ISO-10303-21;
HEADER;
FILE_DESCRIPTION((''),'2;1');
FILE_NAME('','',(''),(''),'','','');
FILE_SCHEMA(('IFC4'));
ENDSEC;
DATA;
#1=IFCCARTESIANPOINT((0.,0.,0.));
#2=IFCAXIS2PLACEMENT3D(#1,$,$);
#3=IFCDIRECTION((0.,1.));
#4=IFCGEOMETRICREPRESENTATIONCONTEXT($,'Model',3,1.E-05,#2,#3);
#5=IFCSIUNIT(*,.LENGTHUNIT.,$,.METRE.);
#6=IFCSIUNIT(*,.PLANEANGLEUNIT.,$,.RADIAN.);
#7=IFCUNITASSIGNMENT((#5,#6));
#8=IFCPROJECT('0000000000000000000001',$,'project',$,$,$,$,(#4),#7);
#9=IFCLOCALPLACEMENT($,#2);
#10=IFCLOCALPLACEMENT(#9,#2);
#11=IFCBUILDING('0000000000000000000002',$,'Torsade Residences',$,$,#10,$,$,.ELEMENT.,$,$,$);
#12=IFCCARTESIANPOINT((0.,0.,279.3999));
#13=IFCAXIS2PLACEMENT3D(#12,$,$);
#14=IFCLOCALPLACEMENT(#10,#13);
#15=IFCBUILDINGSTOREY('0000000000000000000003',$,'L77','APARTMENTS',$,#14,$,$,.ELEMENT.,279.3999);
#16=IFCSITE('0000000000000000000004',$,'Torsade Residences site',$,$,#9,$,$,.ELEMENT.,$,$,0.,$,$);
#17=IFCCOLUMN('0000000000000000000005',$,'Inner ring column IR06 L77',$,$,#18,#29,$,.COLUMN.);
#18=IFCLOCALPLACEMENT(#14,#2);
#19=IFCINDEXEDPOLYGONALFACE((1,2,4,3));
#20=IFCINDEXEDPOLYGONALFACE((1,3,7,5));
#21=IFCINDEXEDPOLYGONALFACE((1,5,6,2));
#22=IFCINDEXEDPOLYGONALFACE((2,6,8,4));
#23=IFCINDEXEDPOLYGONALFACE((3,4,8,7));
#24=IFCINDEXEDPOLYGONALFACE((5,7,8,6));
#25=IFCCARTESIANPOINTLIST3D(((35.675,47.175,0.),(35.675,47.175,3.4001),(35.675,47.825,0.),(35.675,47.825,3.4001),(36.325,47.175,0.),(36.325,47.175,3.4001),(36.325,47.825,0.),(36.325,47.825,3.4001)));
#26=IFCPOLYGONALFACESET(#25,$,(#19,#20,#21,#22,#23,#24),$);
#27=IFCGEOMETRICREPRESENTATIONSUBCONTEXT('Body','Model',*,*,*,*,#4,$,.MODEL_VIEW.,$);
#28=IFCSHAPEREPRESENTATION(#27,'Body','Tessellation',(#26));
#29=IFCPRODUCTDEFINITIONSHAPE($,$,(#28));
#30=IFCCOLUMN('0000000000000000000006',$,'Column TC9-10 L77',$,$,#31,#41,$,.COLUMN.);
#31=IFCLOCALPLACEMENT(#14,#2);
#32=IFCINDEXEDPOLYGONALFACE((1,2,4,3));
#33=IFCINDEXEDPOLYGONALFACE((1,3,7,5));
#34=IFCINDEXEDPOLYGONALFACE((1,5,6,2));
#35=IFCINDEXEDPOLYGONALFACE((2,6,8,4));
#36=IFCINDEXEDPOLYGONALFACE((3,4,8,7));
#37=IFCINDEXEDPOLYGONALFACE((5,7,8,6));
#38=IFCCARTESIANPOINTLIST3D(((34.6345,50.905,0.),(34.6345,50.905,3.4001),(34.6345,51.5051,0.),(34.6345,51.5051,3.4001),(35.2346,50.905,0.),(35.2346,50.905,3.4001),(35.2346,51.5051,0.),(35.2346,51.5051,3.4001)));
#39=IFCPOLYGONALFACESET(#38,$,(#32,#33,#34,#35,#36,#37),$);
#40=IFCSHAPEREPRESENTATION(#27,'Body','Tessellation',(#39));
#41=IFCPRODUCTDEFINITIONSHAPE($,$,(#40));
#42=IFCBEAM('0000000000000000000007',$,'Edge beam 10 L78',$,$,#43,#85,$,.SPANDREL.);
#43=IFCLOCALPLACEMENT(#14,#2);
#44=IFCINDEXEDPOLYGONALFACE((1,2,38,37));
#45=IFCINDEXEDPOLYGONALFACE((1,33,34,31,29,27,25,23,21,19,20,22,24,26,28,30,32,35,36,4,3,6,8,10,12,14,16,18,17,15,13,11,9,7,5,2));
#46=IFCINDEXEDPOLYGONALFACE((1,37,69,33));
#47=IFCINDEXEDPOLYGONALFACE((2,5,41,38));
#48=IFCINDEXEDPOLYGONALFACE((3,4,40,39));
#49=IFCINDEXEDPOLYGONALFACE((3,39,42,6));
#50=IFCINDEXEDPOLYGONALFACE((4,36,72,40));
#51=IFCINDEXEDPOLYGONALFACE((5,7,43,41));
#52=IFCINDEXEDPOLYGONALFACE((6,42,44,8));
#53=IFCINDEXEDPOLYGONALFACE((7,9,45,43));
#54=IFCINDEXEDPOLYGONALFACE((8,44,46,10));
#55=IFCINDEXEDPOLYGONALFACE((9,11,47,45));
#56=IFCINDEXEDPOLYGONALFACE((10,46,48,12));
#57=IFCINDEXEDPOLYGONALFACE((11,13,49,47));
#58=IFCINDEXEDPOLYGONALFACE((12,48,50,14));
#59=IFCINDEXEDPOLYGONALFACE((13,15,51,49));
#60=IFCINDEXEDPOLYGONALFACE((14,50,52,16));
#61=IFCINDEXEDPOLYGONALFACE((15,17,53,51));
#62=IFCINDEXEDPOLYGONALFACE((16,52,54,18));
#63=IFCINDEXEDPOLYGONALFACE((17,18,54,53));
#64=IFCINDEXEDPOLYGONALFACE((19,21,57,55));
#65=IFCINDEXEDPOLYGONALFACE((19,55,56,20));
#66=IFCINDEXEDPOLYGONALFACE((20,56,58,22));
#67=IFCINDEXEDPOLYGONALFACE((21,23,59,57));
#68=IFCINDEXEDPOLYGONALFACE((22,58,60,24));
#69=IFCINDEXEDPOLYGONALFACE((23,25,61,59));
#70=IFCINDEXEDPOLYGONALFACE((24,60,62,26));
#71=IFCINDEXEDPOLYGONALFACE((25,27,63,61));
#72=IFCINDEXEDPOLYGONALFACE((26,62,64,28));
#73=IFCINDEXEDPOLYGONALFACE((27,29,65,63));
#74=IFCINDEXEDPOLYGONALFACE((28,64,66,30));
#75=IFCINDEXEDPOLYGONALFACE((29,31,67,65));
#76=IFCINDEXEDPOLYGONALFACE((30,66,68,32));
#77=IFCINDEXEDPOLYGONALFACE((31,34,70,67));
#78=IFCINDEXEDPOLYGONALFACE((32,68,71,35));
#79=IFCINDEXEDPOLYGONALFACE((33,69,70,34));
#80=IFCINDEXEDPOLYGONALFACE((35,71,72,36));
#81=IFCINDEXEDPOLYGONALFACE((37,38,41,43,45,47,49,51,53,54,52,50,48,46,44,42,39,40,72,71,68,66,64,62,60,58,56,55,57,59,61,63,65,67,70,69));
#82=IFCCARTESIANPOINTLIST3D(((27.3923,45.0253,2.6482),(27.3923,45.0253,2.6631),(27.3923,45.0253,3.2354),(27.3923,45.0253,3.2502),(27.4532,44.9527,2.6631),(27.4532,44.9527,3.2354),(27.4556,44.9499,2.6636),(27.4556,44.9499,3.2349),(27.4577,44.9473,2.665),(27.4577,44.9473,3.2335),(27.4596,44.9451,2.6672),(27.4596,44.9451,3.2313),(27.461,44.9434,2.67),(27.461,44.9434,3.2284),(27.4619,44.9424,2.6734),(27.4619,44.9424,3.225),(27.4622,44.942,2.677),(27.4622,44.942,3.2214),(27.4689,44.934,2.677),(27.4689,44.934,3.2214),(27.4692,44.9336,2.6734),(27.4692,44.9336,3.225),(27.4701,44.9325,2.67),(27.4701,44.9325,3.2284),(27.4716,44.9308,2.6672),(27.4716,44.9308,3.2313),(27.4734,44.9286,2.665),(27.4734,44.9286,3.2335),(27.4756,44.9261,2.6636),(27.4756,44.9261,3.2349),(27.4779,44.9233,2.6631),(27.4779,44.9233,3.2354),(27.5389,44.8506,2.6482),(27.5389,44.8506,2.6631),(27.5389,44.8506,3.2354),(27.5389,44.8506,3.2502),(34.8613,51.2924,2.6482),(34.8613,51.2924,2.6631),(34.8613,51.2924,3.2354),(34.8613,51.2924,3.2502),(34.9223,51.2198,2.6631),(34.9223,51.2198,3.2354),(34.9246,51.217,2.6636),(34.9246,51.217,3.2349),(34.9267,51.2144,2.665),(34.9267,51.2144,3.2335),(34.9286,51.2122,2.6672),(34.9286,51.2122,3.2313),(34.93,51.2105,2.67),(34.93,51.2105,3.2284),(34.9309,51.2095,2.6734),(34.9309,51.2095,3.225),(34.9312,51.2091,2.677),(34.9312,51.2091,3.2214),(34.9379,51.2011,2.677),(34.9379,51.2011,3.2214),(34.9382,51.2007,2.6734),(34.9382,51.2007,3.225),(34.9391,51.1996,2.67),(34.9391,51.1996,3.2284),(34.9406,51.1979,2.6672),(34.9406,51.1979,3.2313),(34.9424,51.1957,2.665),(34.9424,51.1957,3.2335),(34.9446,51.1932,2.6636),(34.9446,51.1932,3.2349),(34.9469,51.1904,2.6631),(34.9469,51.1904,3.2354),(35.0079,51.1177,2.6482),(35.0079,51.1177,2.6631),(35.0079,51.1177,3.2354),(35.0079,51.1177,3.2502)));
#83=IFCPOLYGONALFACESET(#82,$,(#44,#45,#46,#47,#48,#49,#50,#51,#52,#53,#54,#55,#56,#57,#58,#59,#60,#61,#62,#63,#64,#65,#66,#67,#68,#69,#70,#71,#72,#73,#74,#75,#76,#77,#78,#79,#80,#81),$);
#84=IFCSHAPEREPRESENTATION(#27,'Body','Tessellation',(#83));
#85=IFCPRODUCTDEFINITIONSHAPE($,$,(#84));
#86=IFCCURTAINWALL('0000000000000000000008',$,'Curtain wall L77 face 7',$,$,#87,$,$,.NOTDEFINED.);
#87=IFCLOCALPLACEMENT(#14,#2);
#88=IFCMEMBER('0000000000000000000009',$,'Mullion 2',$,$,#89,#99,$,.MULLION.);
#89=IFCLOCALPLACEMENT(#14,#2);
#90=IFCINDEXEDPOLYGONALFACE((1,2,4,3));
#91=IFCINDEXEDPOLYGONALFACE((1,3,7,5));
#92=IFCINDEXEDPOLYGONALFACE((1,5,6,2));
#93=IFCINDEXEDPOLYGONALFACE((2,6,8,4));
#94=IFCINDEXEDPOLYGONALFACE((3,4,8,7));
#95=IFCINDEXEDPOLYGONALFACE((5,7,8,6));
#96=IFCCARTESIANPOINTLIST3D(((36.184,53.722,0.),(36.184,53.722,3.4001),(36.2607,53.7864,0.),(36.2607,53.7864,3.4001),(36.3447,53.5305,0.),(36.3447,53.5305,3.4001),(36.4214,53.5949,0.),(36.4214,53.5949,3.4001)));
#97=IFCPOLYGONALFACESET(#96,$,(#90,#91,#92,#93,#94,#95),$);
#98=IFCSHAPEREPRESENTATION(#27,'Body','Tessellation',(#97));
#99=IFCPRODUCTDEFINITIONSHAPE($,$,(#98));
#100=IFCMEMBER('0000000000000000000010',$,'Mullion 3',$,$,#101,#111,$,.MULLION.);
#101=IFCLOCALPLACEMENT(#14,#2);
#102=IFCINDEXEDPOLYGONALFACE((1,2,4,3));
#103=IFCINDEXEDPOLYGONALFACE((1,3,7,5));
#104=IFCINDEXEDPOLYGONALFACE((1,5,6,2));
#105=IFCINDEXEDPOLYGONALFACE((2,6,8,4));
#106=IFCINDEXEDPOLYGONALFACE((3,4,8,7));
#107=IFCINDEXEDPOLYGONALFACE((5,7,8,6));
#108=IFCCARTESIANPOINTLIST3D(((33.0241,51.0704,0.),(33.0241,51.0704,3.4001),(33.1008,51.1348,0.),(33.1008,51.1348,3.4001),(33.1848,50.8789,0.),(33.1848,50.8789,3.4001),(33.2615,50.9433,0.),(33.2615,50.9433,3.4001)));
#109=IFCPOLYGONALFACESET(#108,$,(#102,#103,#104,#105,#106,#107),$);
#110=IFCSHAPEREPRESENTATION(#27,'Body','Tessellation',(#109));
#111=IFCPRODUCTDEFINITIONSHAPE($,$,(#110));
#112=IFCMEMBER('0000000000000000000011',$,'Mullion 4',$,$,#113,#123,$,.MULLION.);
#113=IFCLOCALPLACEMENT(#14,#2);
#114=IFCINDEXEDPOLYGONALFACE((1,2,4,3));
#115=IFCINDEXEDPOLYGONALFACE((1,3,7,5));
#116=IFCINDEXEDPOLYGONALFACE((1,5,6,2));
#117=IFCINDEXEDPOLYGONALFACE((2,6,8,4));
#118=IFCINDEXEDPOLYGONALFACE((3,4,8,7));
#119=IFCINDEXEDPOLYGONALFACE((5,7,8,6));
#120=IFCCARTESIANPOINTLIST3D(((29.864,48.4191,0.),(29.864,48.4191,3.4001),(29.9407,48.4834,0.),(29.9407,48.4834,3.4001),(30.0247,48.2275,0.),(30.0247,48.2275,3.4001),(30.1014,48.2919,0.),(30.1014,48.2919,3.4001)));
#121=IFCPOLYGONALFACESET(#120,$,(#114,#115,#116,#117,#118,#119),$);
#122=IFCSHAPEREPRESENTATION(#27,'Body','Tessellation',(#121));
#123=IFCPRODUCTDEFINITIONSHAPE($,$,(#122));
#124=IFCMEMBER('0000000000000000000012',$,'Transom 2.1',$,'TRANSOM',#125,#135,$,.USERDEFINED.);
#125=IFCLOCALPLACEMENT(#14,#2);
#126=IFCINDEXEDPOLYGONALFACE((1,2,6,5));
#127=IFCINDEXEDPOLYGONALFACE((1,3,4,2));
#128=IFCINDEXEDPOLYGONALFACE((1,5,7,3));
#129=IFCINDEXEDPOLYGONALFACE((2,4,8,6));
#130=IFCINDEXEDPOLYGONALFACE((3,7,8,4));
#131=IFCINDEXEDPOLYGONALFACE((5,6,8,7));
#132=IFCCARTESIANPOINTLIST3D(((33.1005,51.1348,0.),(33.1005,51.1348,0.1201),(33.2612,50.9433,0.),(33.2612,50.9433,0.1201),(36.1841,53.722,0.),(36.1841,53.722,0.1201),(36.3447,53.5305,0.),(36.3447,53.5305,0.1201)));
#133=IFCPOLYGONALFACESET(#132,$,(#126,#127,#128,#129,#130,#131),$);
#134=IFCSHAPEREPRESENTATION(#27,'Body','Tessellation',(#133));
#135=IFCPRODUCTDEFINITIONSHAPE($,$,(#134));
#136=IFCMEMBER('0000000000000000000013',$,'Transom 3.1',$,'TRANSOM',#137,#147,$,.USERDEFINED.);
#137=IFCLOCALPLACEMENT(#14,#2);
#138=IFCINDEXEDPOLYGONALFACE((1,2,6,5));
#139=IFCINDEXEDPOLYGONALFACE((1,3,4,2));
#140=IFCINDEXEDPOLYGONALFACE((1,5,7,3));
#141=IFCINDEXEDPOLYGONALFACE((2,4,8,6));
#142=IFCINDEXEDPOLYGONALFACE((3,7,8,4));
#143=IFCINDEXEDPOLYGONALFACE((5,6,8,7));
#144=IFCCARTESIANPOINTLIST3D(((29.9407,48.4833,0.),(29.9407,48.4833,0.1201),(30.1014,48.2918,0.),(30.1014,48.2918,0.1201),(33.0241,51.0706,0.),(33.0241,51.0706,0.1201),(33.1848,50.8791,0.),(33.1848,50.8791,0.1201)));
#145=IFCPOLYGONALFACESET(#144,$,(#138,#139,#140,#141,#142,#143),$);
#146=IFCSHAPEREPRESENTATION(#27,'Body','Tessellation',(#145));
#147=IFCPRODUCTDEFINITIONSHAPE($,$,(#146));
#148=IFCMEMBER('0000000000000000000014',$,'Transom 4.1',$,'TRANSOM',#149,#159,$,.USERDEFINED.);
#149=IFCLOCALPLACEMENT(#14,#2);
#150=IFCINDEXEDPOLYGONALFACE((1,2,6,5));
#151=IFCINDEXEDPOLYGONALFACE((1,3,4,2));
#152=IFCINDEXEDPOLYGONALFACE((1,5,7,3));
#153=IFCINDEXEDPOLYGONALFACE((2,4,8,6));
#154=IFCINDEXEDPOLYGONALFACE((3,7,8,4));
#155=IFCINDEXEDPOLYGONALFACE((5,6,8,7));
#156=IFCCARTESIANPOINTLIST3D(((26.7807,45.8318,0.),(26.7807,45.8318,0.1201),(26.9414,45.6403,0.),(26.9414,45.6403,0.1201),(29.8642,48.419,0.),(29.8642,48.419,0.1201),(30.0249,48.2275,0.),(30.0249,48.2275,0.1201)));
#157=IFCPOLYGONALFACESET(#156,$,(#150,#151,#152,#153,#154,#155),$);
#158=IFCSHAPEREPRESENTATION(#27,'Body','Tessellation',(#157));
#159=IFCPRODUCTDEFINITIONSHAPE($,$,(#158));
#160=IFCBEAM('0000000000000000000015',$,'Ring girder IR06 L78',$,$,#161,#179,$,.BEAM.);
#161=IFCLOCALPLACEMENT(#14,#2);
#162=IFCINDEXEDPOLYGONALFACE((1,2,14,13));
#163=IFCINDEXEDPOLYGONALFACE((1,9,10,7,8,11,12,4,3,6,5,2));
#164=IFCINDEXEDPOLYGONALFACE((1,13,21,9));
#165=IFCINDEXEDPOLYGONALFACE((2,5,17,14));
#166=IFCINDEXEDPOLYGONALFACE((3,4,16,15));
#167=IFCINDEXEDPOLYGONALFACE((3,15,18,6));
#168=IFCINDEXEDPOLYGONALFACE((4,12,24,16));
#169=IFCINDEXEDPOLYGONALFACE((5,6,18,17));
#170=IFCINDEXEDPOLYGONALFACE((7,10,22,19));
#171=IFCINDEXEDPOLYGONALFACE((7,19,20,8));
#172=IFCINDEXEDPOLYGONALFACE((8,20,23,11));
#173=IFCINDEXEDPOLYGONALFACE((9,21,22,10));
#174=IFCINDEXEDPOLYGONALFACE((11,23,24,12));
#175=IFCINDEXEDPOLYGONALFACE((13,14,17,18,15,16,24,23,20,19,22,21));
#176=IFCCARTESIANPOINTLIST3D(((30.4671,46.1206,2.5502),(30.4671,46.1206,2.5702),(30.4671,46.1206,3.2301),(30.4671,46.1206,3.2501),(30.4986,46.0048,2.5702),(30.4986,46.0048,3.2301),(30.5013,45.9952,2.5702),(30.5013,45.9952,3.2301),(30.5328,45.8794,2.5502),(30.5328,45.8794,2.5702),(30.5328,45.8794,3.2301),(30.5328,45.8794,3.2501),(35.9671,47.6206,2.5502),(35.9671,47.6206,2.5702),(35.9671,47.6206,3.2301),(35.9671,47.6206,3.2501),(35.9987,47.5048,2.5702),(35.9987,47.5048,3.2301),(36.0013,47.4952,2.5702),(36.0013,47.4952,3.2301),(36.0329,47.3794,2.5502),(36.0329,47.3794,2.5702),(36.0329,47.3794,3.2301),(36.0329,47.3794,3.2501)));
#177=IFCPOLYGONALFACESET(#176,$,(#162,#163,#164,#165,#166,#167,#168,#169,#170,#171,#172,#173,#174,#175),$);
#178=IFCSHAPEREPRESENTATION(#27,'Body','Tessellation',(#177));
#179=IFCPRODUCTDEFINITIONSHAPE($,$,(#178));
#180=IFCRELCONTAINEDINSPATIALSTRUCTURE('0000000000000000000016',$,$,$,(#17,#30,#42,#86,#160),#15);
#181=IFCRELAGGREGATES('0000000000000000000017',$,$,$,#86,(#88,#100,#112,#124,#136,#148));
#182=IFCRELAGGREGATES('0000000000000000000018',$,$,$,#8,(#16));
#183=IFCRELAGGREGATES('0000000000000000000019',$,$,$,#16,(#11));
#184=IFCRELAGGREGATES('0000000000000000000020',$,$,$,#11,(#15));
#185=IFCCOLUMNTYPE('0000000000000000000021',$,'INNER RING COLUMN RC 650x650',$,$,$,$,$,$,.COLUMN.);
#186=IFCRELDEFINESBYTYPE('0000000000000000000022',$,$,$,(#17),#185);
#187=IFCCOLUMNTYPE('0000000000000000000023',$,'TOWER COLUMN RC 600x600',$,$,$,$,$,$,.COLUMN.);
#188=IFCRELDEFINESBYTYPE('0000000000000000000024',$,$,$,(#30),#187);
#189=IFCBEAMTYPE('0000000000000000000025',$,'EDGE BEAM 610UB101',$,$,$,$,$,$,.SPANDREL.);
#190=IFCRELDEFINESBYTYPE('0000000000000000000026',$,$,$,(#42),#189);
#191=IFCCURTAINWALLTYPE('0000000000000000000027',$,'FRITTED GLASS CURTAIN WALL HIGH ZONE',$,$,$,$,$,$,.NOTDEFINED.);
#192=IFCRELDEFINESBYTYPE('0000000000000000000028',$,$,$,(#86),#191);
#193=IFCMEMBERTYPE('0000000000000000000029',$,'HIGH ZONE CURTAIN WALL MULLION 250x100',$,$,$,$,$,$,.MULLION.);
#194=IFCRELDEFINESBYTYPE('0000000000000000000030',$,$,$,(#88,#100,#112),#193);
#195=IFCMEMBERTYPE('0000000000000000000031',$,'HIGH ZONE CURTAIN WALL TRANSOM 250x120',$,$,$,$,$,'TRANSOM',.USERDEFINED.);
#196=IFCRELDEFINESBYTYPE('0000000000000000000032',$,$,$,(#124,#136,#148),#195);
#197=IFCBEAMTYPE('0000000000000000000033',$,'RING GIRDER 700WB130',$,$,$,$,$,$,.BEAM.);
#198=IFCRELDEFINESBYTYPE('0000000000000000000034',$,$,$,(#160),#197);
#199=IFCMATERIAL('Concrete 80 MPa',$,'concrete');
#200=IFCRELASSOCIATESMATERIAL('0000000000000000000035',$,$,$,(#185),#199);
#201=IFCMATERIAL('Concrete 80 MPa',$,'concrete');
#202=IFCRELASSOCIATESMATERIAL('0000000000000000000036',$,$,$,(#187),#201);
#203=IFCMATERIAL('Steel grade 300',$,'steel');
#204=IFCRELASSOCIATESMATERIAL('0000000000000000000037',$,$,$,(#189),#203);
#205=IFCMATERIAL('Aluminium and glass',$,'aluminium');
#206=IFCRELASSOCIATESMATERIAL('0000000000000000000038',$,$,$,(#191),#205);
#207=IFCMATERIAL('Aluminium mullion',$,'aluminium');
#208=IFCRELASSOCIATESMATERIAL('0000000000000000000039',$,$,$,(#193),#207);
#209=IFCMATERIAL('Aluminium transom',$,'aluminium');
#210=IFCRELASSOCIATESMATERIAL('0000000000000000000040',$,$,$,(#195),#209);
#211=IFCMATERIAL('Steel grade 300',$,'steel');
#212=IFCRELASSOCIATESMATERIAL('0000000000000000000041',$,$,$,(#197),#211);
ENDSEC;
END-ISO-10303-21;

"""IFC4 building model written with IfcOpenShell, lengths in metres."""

from ifc_helpers import new_model, si_unit, direction, frame, origin, origin_2d, place, context, subcontext, project, spatial, rectangle, i_section, extrude, material, material_profile, profile_set, type_object, element, aggregate, save


model = new_model("IFC4")

# Units and contexts
model_context = context("Model", 3, precision=1e-05, world=origin(), true_north=direction((0.0, 1.0)))
body_context = subcontext(model_context, "Body", "Model", "MODEL_VIEW")
ifc_project = project(units=[si_unit("LENGTHUNIT", "METRE"), si_unit("PLANEANGLEUNIT", "RADIAN")], contexts=[model_context])

# Site, building, storey
site_placement = place(None, origin())
site = spatial("IfcSite", under=ifc_project, at=site_placement, Name="Torsade Residences site", CompositionType="ELEMENT", RefElevation=0.0)
building_placement = place(site_placement, origin())
building = spatial("IfcBuilding", under=site, at=building_placement, Name="Torsade Residences", CompositionType="ELEMENT")
storey_placement = place(building_placement, frame((0.0, 0.0, 279.3999)))
storey = spatial("IfcBuildingStorey", under=building, at=storey_placement, Name="L77", Description="APARTMENTS", CompositionType="ELEMENT", Elevation=279.3999)

# Columns
ifc_material_1 = material(Name="Concrete 80 MPa", Category="concrete")
ifc_material_profile_1 = material_profile(ifc_material_1, rectangle(XDim=0.6499, YDim=0.6499, at=origin_2d()), Name="RC 650x650")
ifc_profile_set_1 = profile_set([ifc_material_profile_1], Name="Concrete 80 MPa")
column_type_1 = type_object("IfcColumnType", Name="INNER RING COLUMN RC 650x650", PredefinedType="COLUMN", material=ifc_profile_set_1)
column_1_placement = place(storey_placement, frame((36.0, 47.5, 0.0), z_axis=(0.0, 0.0, 1.0), x_axis=(1.0, 0.0, 0.0)))
element("IfcColumn", 1, at=column_1_placement, inside=storey, type_object=column_type_1, Name="Inner ring column IR06 L77", PredefinedType="COLUMN", context=body_context, shape_type="SweptSolid", body=[
    extrude(rectangle(XDim=0.6499, YDim=0.6499, at=origin_2d()), origin(), (0.0, 0.0, 1.0), 3.4001),
])
ifc_material_2 = material(Name="Concrete 80 MPa", Category="concrete")
ifc_material_profile_2 = material_profile(ifc_material_2, rectangle(XDim=0.6001, YDim=0.6001, at=origin_2d()), Name="RC 600x600")
ifc_profile_set_2 = profile_set([ifc_material_profile_2], Name="Concrete 80 MPa")
column_type_2 = type_object("IfcColumnType", Name="TOWER COLUMN RC 600x600", PredefinedType="COLUMN", material=ifc_profile_set_2)
column_2_placement = place(storey_placement, frame((34.9346, 51.2051, 0.0), z_axis=(0.0, 0.0, 1.0), x_axis=(1.0, 0.0, 0.0)))
element("IfcColumn", 2, at=column_2_placement, inside=storey, type_object=column_type_2, Name="Column TC9-10 L77", PredefinedType="COLUMN", context=body_context, shape_type="SweptSolid", body=[
    extrude(rectangle(XDim=0.6001, YDim=0.6001, at=origin_2d()), origin(), (0.0, 0.0, 1.0), 3.4001),
])

# Beam
ifc_material_3 = material(Name="Steel grade 300", Category="steel")
ifc_material_profile_3 = material_profile(ifc_material_3, i_section(OverallWidth=0.228, OverallDepth=0.6021, WebThickness=0.0105, FlangeThickness=0.0149, FilletRadius=0.0139, at=origin_2d()), Name="610UB101")
ifc_profile_set_3 = profile_set([ifc_material_profile_3], Name="Steel grade 300")
beam_type_1 = type_object("IfcBeamType", Name="EDGE BEAM 610UB101", PredefinedType="SPANDREL", material=ifc_profile_set_3)
beam_1_placement = place(storey_placement, frame((34.9346, 51.2051, 2.9492), z_axis=(-0.766052, -0.642779, 0.0), x_axis=(0.642779, -0.766052, 0.0)))
element("IfcBeam", 3, at=beam_1_placement, inside=storey, type_object=beam_type_1, Name="Edge beam 10 L78", PredefinedType="SPANDREL", context=body_context, shape_type="SweptSolid", body=[
    extrude(i_section(OverallWidth=0.228, OverallDepth=0.6021, WebThickness=0.0105, FlangeThickness=0.0149, FilletRadius=0.0139, at=origin_2d()), origin(), (0.0, 0.0, 1.0), 9.75),
])

# Curtain wall, members
ifc_material_4 = material(Name="Aluminium and glass", Category="aluminium")
curtain_wall_type = type_object("IfcCurtainWallType", Name="FRITTED GLASS CURTAIN WALL HIGH ZONE", PredefinedType="NOTDEFINED", material=ifc_material_4)
curtain_wall_placement = place(storey_placement, origin())
curtain_wall = element("IfcCurtainWall", 4, at=curtain_wall_placement, inside=storey, type_object=curtain_wall_type, Name="Curtain wall L77 face 7", PredefinedType="NOTDEFINED")
ifc_material_5 = material(Name="Aluminium mullion", Category="aluminium")
ifc_material_profile_4 = material_profile(ifc_material_5, rectangle(XDim=0.25, YDim=0.1001, at=origin_2d()), Name="HIGH ZONE CURTAIN WALL MULLION 250x100")
ifc_profile_set_4 = profile_set([ifc_material_profile_4], Name="Aluminium mullion")
member_type_1 = type_object("IfcMemberType", Name="HIGH ZONE CURTAIN WALL MULLION 250x100", PredefinedType="MULLION", material=ifc_profile_set_4)
member_1_placement = place(storey_placement, frame((36.3027, 53.6584, 0.0), z_axis=(0.0, 0.0, 1.0), x_axis=(0.642788, -0.766044, 0.0)))
member_1 = element("IfcMember", 5, at=member_1_placement, type_object=member_type_1, Name="Mullion 2", PredefinedType="MULLION", context=body_context, shape_type="SweptSolid", body=[
    extrude(rectangle(XDim=0.25, YDim=0.1001, at=origin_2d()), origin(), (0.0, 0.0, 1.0), 3.4001),
])
member_2_placement = place(storey_placement, frame((33.1428, 51.0068, 0.0), z_axis=(0.0, 0.0, 1.0), x_axis=(0.642788, -0.766044, 0.0)))
member_2 = element("IfcMember", 6, at=member_2_placement, type_object=member_type_1, Name="Mullion 3", PredefinedType="MULLION", context=body_context, shape_type="SweptSolid", body=[
    extrude(rectangle(XDim=0.25, YDim=0.1001, at=origin_2d()), origin(), (0.0, 0.0, 1.0), 3.4001),
])
member_3_placement = place(storey_placement, frame((29.9827, 48.3555, 0.0), z_axis=(0.0, 0.0, 1.0), x_axis=(0.642788, -0.766044, 0.0)))
member_3 = element("IfcMember", 7, at=member_3_placement, type_object=member_type_1, Name="Mullion 4", PredefinedType="MULLION", context=body_context, shape_type="SweptSolid", body=[
    extrude(rectangle(XDim=0.25, YDim=0.1001, at=origin_2d()), origin(), (0.0, 0.0, 1.0), 3.4001),
])
ifc_material_6 = material(Name="Aluminium transom", Category="aluminium")
ifc_material_profile_5 = material_profile(ifc_material_6, rectangle(XDim=0.25, YDim=0.1201, at=origin_2d()), Name="HIGH ZONE CURTAIN WALL TRANSOM 250x120")
ifc_profile_set_5 = profile_set([ifc_material_profile_5], Name="Aluminium transom")
member_type_2 = type_object("IfcMemberType", Name="HIGH ZONE CURTAIN WALL TRANSOM 250x120", ElementType="TRANSOM", PredefinedType="USERDEFINED", material=ifc_profile_set_5)
member_4_placement = place(storey_placement, frame((36.2644, 53.6262, 0.0601), z_axis=(-0.766069, -0.642758, 0.0), x_axis=(0.642758, -0.766069, 0.0)))
member_4 = element("IfcMember", 8, at=member_4_placement, type_object=member_type_2, Name="Transom 2.1", ObjectType="TRANSOM", PredefinedType="USERDEFINED", context=body_context, shape_type="SweptSolid", body=[
    extrude(rectangle(XDim=0.25, YDim=0.1201, at=origin_2d()), origin(), (0.0, 0.0, 1.0), 4.0251),
])
member_5_placement = place(storey_placement, frame((33.1045, 50.9749, 0.0601), z_axis=(-0.766039, -0.642794, 0.0), x_axis=(0.642794, -0.766039, 0.0)))
member_5 = element("IfcMember", 9, at=member_5_placement, type_object=member_type_2, Name="Transom 3.1", ObjectType="TRANSOM", PredefinedType="USERDEFINED", context=body_context, shape_type="SweptSolid", body=[
    extrude(rectangle(XDim=0.25, YDim=0.1201, at=origin_2d()), origin(), (0.0, 0.0, 1.0), 4.0251),
])
member_6_placement = place(storey_placement, frame((29.9446, 48.3232, 0.0601), z_axis=(-0.766069, -0.642758, 0.0), x_axis=(0.642758, -0.766069, 0.0)))
member_6 = element("IfcMember", 10, at=member_6_placement, type_object=member_type_2, Name="Transom 4.1", ObjectType="TRANSOM", PredefinedType="USERDEFINED", context=body_context, shape_type="SweptSolid", body=[
    extrude(rectangle(XDim=0.25, YDim=0.1201, at=origin_2d()), origin(), (0.0, 0.0, 1.0), 4.0251),
])

# Beam
ifc_material_7 = material(Name="Steel grade 300", Category="steel")
ifc_material_profile_6 = material_profile(ifc_material_7, i_section(OverallWidth=0.25, OverallDepth=0.7, WebThickness=0.01, FlangeThickness=0.02, at=origin_2d()), Name="700WB130")
ifc_profile_set_6 = profile_set([ifc_material_profile_6], Name="Steel grade 300")
beam_type_2 = type_object("IfcBeamType", Name="RING GIRDER 700WB130", PredefinedType="BEAM", material=ifc_profile_set_6)
beam_2_placement = place(storey_placement, frame((36.0, 47.5, 2.9001), z_axis=(-0.964764, -0.263117, 0.0), x_axis=(0.263117, -0.964764, 0.0)))
element("IfcBeam", 11, at=beam_2_placement, inside=storey, type_object=beam_type_2, Name="Ring girder IR06 L78", PredefinedType="BEAM", context=body_context, shape_type="SweptSolid", body=[
    extrude(i_section(OverallWidth=0.25, OverallDepth=0.7, WebThickness=0.01, FlangeThickness=0.02, at=origin_2d()), origin(), (0.0, 0.0, 1.0), 5.7009),
])

aggregate(curtain_wall, [member_1, member_2, member_3, member_4, member_5, member_6])

save(model, "model.ifc")
